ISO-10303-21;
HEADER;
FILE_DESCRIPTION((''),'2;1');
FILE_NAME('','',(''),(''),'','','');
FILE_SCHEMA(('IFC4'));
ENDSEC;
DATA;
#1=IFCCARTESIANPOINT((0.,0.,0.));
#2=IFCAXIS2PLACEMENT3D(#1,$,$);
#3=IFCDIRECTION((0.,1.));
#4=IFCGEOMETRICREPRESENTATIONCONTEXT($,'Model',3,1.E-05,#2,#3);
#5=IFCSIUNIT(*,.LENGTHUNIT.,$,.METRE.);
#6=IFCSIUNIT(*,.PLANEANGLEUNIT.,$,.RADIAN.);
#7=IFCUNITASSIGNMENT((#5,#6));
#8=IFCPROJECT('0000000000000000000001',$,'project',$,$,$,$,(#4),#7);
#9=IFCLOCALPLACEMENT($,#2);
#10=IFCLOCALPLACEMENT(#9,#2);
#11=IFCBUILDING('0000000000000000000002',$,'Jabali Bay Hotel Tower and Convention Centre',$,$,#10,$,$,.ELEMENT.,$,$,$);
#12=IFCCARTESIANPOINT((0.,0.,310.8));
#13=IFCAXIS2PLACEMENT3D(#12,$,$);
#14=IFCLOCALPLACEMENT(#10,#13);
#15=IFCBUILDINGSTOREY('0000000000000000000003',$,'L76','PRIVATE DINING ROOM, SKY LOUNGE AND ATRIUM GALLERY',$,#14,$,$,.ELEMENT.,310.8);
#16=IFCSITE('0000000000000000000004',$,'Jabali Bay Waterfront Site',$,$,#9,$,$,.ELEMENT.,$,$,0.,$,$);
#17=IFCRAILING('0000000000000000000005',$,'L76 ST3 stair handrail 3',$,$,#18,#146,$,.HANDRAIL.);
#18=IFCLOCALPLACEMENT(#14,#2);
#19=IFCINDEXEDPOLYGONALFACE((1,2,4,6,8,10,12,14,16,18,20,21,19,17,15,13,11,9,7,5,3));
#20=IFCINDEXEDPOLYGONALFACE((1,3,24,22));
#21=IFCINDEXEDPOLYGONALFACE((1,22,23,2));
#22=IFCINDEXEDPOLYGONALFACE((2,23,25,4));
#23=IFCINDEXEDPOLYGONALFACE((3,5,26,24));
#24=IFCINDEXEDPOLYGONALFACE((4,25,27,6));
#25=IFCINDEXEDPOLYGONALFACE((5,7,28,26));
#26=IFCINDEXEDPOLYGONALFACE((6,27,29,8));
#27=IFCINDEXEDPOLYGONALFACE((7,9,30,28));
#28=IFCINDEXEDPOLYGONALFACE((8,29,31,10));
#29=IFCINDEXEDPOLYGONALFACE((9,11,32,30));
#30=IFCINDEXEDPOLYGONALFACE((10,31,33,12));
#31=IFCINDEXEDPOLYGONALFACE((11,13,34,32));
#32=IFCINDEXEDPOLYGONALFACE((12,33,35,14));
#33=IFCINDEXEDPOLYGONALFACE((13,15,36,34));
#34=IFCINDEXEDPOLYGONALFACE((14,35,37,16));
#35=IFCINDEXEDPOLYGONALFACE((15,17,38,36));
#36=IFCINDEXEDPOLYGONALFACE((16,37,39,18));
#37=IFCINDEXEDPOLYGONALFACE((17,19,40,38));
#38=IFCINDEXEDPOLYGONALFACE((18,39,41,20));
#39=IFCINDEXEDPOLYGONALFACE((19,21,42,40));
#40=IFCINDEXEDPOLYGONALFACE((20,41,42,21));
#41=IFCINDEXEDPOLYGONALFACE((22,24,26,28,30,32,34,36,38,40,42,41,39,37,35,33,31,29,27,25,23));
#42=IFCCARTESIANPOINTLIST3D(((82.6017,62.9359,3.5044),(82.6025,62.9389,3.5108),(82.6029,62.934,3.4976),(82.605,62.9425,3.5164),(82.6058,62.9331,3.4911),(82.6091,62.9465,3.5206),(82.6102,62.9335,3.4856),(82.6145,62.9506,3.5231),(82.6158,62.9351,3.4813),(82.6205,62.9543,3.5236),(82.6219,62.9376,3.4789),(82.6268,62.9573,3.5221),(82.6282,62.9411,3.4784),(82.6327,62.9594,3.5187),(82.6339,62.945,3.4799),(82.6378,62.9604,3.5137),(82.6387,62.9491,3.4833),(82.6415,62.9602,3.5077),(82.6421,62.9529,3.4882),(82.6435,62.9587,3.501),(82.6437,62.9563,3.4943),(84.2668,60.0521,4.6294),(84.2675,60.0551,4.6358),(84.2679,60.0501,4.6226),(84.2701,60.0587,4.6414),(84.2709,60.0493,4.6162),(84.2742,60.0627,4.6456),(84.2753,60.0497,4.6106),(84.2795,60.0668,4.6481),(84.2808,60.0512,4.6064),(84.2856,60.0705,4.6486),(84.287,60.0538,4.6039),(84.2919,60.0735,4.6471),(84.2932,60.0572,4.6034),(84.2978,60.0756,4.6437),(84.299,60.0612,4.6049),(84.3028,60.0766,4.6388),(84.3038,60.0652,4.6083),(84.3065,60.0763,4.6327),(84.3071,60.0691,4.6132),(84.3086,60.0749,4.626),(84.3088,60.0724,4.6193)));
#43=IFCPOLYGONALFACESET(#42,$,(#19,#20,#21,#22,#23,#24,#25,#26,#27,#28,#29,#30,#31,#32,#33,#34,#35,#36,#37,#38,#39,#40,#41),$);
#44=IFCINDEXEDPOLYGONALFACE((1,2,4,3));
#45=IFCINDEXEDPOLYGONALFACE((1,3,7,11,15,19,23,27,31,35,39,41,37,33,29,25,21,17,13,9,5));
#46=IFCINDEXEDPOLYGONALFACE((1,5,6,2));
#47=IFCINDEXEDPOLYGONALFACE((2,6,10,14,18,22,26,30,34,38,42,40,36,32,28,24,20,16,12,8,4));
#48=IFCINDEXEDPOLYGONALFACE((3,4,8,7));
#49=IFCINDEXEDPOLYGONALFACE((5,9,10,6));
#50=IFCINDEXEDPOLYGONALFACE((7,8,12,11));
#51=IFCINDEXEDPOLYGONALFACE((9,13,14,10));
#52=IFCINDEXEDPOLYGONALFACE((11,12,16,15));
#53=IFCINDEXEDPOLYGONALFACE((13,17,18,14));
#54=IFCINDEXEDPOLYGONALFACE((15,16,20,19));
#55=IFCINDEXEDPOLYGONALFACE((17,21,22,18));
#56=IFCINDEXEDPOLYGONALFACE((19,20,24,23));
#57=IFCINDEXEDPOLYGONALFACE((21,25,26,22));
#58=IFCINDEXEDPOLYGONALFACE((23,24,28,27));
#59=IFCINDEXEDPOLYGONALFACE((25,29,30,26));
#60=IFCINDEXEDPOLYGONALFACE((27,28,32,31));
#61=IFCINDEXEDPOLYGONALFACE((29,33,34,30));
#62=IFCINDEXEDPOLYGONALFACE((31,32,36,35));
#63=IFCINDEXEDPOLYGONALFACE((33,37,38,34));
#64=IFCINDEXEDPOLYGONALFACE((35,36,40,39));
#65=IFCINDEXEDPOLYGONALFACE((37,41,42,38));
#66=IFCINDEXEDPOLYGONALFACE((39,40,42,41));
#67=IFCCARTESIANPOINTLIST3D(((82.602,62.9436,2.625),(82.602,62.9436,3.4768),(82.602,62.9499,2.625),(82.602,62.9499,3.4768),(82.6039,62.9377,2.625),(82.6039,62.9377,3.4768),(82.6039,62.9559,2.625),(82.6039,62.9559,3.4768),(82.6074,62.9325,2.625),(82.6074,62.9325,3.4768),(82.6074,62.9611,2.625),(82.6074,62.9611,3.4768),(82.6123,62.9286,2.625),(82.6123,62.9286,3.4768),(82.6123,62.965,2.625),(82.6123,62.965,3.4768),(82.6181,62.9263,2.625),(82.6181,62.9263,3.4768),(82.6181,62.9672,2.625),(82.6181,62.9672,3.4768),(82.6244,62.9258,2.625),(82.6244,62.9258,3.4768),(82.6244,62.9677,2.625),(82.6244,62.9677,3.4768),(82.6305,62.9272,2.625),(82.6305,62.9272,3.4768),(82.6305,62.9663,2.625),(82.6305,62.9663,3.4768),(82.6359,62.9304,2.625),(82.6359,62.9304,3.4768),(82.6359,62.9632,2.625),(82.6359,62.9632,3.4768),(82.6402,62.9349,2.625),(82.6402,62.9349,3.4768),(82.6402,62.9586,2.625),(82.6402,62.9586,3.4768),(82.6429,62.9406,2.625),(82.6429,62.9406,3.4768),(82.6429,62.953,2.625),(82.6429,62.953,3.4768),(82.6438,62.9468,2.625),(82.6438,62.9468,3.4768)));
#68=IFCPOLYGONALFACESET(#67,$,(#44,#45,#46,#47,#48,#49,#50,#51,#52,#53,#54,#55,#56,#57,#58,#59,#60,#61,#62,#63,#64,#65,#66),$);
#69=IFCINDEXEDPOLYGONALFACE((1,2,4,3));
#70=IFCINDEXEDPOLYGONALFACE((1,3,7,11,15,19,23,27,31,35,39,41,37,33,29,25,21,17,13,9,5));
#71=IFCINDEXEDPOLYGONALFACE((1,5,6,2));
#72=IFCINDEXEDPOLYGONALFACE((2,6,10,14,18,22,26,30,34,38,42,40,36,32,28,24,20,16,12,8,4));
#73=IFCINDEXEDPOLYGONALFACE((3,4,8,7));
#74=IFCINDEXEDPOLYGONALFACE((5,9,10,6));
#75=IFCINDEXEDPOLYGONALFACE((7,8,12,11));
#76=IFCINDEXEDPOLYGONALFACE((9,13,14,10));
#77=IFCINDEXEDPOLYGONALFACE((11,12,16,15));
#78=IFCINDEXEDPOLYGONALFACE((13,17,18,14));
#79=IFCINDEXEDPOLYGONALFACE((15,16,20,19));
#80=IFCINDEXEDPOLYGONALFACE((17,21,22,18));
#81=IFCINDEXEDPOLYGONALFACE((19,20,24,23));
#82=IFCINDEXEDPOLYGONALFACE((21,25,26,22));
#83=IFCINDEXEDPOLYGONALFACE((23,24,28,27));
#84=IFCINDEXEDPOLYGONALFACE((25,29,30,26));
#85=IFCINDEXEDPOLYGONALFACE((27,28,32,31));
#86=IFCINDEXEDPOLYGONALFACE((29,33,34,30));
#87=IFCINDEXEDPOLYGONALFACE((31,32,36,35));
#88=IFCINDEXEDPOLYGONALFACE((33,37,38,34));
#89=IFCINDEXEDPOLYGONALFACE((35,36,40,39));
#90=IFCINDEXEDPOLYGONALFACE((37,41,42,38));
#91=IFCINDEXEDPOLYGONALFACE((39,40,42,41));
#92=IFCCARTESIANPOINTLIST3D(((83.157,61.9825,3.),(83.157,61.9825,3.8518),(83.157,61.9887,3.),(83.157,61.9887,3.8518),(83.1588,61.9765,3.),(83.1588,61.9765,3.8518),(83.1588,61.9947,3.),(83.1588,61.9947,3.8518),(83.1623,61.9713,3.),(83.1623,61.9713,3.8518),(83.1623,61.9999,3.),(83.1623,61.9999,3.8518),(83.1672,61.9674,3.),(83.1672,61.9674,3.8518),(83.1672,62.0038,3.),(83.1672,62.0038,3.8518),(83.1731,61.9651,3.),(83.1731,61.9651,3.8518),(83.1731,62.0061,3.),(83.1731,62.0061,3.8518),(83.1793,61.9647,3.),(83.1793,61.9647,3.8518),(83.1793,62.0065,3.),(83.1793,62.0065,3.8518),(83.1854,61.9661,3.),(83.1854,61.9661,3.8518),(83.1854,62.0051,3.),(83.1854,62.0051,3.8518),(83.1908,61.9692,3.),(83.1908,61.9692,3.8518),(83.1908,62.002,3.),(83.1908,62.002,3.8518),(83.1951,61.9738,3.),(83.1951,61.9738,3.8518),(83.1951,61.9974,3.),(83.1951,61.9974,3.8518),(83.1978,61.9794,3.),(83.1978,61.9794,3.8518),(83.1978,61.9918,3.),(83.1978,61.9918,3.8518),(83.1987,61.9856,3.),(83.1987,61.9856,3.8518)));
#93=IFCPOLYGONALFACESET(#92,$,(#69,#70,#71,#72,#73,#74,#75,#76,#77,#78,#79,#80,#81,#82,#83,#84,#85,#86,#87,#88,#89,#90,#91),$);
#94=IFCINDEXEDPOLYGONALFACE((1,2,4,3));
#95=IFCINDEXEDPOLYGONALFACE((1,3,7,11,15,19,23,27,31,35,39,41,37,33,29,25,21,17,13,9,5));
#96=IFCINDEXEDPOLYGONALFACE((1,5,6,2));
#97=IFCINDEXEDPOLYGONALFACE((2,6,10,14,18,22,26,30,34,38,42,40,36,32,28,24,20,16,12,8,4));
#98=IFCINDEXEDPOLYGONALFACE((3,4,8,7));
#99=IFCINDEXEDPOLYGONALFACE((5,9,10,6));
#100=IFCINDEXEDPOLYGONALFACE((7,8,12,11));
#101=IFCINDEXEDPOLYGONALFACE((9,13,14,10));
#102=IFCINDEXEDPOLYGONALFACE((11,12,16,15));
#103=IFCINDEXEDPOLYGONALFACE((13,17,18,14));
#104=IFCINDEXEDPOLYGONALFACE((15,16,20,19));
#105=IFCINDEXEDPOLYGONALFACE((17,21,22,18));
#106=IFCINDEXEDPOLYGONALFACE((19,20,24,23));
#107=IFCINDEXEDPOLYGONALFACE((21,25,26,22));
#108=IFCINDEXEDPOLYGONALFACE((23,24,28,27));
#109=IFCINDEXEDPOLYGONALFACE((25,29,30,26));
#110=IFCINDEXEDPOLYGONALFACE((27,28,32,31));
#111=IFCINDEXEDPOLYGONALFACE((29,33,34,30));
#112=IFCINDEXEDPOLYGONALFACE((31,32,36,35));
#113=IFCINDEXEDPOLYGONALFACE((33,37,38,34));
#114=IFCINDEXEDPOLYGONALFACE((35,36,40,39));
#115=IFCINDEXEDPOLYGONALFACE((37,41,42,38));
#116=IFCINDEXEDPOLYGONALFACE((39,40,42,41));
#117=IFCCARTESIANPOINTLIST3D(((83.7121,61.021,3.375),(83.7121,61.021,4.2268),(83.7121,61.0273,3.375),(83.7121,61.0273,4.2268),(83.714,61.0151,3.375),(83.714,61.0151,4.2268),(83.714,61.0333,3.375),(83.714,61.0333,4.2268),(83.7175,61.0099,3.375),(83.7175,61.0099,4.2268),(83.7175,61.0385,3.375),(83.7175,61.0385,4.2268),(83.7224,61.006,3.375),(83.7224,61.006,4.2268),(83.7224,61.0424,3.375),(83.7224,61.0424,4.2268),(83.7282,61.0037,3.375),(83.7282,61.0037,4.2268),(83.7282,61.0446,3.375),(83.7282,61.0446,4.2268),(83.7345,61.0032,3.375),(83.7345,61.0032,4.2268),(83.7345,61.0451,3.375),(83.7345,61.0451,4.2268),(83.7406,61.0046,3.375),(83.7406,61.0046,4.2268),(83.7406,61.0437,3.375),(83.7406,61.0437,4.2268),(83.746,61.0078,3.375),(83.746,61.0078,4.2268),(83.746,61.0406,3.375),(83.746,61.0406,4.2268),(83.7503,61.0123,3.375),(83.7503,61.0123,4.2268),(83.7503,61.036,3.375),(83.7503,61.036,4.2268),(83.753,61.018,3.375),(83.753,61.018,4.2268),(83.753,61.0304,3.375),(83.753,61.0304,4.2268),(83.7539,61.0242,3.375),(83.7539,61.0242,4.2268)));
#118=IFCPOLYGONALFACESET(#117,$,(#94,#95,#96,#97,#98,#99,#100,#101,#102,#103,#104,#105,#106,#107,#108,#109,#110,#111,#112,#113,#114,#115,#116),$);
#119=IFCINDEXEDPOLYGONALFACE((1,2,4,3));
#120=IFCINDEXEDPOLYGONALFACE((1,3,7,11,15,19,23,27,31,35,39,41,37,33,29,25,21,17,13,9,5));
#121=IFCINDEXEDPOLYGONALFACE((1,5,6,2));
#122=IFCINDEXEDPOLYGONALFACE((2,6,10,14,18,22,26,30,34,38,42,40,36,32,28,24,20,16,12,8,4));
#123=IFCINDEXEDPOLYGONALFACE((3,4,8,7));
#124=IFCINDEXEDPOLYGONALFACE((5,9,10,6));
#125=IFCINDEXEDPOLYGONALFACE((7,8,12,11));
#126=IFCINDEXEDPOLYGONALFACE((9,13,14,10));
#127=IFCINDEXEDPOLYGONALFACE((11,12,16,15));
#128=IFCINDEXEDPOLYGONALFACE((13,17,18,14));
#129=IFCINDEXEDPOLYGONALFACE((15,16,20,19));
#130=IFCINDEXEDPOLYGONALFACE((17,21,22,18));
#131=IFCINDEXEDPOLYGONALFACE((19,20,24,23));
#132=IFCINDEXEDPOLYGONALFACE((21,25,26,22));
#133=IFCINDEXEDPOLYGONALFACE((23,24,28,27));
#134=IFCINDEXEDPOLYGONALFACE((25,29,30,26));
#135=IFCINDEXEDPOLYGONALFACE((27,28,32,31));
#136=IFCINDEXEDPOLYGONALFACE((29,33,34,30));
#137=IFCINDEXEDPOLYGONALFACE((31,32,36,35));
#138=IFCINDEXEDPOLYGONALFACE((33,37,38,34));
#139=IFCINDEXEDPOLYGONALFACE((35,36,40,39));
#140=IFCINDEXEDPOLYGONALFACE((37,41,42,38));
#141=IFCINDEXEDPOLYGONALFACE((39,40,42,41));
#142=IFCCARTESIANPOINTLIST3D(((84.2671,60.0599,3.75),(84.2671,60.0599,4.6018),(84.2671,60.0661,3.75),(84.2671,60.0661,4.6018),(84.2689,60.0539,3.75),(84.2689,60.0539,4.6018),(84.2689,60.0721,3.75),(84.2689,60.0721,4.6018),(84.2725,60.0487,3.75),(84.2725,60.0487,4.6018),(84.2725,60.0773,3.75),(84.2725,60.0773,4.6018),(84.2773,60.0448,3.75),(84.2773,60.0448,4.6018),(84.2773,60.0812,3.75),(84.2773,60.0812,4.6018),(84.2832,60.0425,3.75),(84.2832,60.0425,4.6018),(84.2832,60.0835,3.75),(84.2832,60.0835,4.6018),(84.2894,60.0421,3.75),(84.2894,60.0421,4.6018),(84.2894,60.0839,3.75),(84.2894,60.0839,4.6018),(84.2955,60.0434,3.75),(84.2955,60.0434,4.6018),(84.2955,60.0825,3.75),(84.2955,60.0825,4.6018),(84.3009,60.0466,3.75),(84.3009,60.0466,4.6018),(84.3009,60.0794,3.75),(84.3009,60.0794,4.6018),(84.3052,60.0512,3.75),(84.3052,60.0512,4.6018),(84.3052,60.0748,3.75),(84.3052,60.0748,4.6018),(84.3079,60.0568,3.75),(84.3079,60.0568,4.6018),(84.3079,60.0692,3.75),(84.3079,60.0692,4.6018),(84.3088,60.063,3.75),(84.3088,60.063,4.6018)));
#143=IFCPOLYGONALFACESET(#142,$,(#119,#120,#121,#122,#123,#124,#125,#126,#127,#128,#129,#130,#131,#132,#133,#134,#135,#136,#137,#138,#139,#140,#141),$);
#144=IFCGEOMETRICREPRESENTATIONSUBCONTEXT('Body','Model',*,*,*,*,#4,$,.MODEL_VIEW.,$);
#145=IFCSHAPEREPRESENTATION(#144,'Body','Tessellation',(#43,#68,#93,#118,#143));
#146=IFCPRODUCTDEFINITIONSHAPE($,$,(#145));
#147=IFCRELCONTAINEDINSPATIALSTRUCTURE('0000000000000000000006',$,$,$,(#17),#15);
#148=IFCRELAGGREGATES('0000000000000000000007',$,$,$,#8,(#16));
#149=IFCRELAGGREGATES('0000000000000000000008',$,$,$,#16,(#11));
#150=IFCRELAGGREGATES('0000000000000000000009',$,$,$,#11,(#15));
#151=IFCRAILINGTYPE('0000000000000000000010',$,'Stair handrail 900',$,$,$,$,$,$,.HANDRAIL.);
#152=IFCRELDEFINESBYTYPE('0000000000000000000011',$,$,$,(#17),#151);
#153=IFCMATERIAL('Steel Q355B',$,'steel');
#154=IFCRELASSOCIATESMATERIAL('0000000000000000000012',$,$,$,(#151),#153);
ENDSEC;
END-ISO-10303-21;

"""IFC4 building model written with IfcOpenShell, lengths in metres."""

from ifc_helpers import new_model, si_unit, direction, frame, origin, origin_2d, place, context, subcontext, project, spatial, circle, extrude, material, type_object, element, save


model = new_model("IFC4")

# Units and contexts
model_context = context("Model", 3, precision=1e-05, world=origin(), true_north=direction((0.0, 1.0)))
body_context = subcontext(model_context, "Body", "Model", "MODEL_VIEW")
ifc_project = project(units=[si_unit("LENGTHUNIT", "METRE"), si_unit("PLANEANGLEUNIT", "RADIAN")], contexts=[model_context])

# Site, building, storey
site_placement = place(None, origin())
site = spatial("IfcSite", under=ifc_project, at=site_placement, Name="Jabali Bay Waterfront Site", CompositionType="ELEMENT", RefElevation=0.0)
building_placement = place(site_placement, origin())
building = spatial("IfcBuilding", under=site, at=building_placement, Name="Jabali Bay Hotel Tower and Convention Centre", CompositionType="ELEMENT")
storey_placement = place(building_placement, frame((0.0, 0.0, 310.8)))
storey = spatial("IfcBuildingStorey", under=building, at=storey_placement, Name="L76", Description="PRIVATE DINING ROOM, SKY LOUNGE AND ATRIUM GALLERY", CompositionType="ELEMENT", Elevation=310.8)

# Railing
ifc_material_1 = material(Name="Steel Q355B", Category="steel")
railing_type_1 = type_object("IfcRailingType", Name="Stair handrail 900", PredefinedType="HANDRAIL", material=ifc_material_1)
railing_1_placement = place(storey_placement, frame((82.6228, 62.9468, 2.625)))
element("IfcRailing", 1, at=railing_1_placement, inside=storey, type_object=railing_type_1, Name="L76 ST3 stair handrail 3", PredefinedType="HANDRAIL", context=body_context, shape_type="SweptSolid", body=[
    extrude(circle(Radius=0.0239, at=origin_2d()), frame((0.0, 0.0, 0.876), z_axis=(0.473715, -0.820457, 0.32007), x_axis=(0.866015, 0.500019, 0.0)), (0.0, 0.0, 1.0), 3.5149),
    extrude(circle(Radius=0.021, at=origin_2d()), origin(), (0.0, 0.0, 1.0), 0.8518),
    extrude(circle(Radius=0.021, at=origin_2d()), frame((0.5549, -0.9612, 0.375)), (0.0, 0.0, 1.0), 0.8518),
    extrude(circle(Radius=0.021, at=origin_2d()), frame((1.1101, -1.9226, 0.75)), (0.0, 0.0, 1.0), 0.8518),
    extrude(circle(Radius=0.021, at=origin_2d()), frame((1.665, -2.8838, 1.125)), (0.0, 0.0, 1.0), 0.8518),
])

save(model, "model.ifc")
